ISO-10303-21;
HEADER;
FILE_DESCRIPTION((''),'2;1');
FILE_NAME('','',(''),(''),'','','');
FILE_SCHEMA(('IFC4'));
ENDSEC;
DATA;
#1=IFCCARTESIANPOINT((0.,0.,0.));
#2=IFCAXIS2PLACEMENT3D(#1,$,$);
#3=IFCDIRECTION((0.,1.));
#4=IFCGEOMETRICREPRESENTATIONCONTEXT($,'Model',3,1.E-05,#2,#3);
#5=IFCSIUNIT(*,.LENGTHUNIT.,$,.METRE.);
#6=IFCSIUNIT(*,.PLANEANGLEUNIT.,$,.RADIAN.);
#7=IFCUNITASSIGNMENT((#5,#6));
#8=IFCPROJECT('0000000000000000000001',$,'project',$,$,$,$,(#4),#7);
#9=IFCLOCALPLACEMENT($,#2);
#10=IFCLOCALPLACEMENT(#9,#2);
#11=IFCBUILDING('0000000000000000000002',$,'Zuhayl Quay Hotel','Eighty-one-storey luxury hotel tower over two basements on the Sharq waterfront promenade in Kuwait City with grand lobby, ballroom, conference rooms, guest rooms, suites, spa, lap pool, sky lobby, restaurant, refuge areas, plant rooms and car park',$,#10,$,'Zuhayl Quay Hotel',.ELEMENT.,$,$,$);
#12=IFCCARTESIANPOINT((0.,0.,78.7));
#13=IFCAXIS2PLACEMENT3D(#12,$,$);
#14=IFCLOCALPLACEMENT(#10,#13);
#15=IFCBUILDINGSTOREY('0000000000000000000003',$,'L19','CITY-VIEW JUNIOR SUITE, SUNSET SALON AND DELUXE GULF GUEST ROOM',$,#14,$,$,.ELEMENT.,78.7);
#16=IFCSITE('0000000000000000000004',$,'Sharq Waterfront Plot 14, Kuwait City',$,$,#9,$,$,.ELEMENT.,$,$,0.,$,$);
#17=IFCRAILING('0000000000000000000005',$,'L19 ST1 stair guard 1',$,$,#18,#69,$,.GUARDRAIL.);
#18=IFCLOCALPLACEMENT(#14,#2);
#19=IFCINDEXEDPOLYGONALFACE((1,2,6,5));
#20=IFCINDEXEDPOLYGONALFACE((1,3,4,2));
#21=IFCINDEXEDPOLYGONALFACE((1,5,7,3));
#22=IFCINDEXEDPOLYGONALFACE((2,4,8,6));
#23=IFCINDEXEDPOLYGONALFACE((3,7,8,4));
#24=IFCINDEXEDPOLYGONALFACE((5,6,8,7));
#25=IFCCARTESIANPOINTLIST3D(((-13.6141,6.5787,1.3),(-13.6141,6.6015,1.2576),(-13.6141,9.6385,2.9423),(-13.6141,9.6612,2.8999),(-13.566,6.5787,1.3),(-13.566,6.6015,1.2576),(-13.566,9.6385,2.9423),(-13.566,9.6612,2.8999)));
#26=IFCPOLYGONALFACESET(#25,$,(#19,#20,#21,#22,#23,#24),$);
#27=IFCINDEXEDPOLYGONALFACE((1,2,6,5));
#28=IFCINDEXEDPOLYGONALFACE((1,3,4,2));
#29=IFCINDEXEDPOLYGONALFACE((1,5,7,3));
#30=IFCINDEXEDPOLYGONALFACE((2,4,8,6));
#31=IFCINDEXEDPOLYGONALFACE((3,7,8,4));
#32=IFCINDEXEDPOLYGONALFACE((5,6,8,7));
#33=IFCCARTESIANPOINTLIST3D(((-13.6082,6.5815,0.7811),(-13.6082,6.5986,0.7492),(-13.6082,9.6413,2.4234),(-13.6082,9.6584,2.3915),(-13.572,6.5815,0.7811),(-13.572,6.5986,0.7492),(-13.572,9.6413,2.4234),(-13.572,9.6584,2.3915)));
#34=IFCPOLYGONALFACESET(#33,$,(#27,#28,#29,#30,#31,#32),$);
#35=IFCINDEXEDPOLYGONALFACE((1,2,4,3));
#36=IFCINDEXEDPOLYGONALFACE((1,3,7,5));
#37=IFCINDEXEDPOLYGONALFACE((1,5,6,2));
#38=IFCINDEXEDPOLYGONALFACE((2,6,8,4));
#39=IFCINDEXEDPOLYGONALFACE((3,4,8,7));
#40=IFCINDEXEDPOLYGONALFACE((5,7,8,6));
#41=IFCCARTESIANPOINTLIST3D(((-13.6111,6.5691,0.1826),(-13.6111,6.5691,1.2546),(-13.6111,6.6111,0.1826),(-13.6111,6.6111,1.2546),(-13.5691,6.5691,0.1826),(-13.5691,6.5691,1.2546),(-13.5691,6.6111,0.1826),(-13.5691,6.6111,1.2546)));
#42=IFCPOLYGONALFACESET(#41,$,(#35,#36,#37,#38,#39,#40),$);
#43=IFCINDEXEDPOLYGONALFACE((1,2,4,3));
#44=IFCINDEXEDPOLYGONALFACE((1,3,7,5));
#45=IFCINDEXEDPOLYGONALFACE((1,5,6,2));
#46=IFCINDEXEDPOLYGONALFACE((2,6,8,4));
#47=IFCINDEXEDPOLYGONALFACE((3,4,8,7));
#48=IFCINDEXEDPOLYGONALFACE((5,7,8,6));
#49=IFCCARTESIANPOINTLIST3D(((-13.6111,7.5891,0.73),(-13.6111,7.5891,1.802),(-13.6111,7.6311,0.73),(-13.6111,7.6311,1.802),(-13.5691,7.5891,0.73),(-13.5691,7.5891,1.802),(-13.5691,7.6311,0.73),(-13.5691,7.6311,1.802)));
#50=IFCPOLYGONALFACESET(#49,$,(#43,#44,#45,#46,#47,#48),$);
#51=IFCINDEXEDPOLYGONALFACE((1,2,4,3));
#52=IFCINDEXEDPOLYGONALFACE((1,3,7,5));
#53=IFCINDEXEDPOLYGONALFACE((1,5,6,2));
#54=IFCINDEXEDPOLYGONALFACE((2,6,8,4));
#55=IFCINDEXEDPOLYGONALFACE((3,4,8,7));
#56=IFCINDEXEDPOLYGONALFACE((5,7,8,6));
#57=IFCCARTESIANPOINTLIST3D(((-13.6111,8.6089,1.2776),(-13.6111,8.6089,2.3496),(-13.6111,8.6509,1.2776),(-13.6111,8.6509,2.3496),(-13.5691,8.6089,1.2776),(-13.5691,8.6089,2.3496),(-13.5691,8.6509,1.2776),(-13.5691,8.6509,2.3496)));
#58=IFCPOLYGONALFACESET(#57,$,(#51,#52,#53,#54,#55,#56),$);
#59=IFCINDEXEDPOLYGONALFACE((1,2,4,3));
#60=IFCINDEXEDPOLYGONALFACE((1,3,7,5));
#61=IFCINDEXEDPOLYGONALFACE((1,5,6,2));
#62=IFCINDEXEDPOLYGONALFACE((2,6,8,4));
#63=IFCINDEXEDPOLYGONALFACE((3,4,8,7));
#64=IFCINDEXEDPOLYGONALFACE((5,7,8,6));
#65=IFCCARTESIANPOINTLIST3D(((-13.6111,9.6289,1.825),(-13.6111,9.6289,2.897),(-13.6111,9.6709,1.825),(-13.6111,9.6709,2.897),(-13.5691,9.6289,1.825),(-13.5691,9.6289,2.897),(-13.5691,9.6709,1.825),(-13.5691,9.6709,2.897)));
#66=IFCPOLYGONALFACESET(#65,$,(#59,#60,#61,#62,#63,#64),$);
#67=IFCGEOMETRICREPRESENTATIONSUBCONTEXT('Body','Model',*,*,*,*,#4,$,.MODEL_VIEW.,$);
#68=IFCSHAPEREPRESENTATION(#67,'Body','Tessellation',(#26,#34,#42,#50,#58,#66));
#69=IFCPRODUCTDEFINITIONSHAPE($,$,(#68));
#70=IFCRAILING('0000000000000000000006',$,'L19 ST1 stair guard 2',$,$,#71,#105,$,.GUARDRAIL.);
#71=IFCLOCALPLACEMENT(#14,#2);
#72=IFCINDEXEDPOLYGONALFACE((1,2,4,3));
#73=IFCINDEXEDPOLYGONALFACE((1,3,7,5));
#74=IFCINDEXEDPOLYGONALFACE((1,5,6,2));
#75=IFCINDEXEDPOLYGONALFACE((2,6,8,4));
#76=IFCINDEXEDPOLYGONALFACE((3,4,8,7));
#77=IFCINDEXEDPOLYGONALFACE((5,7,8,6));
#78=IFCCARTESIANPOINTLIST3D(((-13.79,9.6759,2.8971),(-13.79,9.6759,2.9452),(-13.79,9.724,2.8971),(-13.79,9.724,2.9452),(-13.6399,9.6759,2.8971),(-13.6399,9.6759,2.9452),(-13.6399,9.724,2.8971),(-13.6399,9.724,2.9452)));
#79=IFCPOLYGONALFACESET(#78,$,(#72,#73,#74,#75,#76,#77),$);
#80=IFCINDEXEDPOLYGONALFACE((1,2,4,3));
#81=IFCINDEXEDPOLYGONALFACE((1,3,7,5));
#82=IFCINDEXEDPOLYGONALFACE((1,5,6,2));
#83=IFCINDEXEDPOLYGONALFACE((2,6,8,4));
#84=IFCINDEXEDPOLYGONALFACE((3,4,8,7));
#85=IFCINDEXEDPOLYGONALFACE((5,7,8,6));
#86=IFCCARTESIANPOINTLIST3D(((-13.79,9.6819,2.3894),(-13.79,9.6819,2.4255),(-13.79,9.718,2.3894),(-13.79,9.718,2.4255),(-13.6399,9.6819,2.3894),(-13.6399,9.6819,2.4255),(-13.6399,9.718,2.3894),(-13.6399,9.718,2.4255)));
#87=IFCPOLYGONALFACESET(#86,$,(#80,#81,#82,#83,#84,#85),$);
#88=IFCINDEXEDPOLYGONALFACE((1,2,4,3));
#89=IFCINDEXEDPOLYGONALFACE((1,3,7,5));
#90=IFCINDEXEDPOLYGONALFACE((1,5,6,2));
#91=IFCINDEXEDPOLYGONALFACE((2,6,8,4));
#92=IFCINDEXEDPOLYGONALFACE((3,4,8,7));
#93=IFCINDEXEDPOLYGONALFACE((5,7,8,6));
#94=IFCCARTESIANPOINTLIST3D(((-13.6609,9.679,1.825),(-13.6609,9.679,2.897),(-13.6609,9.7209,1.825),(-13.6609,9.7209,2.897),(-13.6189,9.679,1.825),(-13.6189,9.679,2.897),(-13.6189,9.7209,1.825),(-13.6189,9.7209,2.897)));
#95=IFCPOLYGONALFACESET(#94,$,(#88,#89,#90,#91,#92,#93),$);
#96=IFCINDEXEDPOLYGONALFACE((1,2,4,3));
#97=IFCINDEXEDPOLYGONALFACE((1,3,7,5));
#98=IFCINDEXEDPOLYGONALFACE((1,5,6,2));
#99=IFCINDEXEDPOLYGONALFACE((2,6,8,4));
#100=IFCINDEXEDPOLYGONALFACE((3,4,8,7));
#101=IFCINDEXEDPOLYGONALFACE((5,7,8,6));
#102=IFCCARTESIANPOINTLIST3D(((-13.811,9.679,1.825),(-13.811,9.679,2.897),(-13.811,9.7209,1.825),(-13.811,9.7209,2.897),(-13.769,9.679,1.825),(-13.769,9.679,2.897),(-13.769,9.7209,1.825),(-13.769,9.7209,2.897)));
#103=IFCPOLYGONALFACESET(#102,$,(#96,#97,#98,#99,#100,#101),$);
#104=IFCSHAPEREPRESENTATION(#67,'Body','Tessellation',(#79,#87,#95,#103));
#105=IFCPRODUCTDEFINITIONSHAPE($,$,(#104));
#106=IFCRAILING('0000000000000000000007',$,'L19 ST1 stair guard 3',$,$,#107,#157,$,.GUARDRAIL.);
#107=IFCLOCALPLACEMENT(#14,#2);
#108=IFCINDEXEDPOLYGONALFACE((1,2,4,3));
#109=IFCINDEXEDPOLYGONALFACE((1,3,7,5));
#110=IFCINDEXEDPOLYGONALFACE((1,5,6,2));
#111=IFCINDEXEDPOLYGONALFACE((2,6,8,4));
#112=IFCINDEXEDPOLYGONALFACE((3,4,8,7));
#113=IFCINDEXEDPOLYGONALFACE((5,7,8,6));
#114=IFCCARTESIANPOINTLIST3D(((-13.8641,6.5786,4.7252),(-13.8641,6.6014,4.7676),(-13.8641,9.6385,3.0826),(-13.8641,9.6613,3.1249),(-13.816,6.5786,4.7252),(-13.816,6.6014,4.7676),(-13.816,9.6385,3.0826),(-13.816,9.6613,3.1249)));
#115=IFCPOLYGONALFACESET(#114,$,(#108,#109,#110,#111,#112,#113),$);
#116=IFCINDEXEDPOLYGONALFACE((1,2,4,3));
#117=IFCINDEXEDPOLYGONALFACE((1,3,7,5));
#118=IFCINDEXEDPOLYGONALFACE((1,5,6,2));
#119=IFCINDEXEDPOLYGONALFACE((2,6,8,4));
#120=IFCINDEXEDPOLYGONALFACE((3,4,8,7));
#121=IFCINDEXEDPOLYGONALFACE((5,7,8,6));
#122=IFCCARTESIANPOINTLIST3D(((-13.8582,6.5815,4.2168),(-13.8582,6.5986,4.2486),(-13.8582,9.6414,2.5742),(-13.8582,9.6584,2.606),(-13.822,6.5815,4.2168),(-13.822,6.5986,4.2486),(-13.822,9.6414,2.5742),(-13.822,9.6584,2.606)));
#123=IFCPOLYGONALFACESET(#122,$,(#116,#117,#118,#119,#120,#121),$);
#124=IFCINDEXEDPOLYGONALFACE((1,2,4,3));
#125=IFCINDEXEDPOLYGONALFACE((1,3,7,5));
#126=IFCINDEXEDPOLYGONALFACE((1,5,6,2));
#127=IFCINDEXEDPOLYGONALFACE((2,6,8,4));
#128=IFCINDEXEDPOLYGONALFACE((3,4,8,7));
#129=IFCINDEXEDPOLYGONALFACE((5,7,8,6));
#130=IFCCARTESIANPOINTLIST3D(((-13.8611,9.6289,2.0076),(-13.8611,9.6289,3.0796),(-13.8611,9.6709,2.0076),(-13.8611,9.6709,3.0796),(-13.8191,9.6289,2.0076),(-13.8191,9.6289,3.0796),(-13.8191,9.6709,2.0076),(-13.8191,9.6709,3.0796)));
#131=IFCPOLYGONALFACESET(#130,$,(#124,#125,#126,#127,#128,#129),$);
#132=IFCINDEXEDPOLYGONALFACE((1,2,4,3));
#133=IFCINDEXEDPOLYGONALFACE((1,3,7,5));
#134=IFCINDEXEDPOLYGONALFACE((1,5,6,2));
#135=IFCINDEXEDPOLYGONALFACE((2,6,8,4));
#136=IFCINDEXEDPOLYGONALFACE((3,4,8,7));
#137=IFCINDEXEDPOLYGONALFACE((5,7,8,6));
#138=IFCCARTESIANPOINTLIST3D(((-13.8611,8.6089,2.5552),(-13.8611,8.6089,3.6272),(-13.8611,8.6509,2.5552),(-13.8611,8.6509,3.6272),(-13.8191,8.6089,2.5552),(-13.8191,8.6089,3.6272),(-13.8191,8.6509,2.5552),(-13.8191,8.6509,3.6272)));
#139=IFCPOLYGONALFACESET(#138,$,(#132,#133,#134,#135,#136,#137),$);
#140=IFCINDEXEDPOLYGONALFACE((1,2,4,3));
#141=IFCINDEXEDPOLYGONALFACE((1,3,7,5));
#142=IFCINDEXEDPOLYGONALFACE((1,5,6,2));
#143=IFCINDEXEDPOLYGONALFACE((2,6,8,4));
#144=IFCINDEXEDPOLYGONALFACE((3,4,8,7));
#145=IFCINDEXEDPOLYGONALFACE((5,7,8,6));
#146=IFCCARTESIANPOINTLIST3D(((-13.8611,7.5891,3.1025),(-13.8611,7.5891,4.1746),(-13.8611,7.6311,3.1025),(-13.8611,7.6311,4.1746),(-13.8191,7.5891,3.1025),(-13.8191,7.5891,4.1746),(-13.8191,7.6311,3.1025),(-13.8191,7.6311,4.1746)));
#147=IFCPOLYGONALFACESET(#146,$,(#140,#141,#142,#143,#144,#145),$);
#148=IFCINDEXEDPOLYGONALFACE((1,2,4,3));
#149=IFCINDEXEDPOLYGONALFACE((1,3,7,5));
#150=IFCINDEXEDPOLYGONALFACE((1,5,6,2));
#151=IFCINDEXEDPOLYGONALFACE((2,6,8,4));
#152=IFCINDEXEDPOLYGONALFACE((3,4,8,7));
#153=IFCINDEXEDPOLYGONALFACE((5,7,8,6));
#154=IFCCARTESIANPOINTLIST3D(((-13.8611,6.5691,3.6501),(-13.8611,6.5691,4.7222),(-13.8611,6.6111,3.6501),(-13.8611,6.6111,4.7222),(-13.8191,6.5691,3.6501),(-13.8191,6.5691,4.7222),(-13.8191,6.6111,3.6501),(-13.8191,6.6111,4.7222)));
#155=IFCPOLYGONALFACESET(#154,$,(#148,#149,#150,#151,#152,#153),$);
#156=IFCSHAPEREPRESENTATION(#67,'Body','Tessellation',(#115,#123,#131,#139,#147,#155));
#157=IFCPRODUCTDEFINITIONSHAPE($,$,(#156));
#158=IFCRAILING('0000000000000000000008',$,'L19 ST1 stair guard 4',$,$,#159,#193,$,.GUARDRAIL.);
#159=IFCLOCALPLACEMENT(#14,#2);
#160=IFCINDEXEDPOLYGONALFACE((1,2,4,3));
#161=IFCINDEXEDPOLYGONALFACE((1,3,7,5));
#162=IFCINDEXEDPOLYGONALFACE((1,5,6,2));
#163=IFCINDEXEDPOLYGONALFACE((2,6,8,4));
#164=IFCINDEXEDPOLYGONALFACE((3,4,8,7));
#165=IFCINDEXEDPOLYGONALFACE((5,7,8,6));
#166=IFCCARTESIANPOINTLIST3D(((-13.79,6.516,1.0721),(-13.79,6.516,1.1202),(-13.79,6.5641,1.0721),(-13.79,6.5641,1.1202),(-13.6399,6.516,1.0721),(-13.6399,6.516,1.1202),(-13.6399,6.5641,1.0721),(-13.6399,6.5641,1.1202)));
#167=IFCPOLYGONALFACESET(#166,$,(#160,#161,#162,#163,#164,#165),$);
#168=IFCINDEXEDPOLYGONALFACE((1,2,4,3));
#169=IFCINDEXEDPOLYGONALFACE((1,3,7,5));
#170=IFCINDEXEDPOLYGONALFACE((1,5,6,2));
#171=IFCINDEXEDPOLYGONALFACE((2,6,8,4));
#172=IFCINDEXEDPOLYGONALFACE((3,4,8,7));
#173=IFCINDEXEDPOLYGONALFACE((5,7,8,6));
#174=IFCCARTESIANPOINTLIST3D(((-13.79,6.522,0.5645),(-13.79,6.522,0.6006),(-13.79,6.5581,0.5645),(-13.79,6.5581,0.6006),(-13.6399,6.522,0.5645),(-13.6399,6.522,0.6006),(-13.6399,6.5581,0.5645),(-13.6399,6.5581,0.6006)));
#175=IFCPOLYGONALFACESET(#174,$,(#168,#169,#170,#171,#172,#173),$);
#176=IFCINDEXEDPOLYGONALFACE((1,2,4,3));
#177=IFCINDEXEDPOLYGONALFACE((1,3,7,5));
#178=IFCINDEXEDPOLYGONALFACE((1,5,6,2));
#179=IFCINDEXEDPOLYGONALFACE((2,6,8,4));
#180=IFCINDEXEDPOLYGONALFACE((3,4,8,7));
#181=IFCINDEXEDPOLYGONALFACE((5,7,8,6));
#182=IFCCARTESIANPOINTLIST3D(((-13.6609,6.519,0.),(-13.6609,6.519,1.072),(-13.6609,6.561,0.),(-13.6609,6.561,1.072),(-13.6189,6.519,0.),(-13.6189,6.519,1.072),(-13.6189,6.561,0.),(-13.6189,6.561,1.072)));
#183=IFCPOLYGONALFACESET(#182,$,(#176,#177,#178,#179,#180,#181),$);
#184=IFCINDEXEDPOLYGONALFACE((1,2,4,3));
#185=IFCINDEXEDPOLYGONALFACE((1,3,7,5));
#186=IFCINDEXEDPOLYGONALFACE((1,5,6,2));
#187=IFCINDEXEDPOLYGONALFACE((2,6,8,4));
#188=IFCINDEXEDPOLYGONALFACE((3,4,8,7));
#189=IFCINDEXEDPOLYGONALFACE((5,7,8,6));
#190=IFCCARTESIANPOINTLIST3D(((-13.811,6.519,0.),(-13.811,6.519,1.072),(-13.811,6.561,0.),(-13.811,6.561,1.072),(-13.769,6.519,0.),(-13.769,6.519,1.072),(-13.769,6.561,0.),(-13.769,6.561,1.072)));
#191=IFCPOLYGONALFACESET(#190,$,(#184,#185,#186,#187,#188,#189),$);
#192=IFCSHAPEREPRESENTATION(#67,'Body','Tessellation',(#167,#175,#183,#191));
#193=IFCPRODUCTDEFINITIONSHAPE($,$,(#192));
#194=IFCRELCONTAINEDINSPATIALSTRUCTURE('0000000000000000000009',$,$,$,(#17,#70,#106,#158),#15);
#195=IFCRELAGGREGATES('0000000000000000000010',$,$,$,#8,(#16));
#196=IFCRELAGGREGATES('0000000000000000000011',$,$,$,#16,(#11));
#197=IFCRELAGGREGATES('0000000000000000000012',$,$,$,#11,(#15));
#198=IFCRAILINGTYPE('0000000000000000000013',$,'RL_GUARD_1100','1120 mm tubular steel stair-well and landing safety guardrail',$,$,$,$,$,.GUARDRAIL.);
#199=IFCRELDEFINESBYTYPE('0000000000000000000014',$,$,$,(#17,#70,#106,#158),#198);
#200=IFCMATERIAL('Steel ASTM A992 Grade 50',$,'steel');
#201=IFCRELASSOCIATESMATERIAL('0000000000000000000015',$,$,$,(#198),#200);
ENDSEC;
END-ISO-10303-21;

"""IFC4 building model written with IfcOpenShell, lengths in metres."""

from ifc_helpers import new_model, si_unit, direction, frame, origin, origin_2d, place, context, subcontext, project, spatial, rectangle, extrude, material, type_object, element, save


model = new_model("IFC4")

# Units and contexts
model_context = context("Model", 3, precision=1e-05, world=origin(), true_north=direction((0.0, 1.0)))
body_context = subcontext(model_context, "Body", "Model", "MODEL_VIEW")
ifc_project = project(units=[si_unit("LENGTHUNIT", "METRE"), si_unit("PLANEANGLEUNIT", "RADIAN")], contexts=[model_context])

# Site, building, storey
site_placement = place(None, origin())
site = spatial("IfcSite", under=ifc_project, at=site_placement, Name="Sharq Waterfront Plot 14, Kuwait City", CompositionType="ELEMENT", RefElevation=0.0)
building_placement = place(site_placement, origin())
building = spatial("IfcBuilding", under=site, at=building_placement, Name="Zuhayl Quay Hotel", Description="Eighty-one-storey luxury hotel tower over two basements on the Sharq waterfront promenade in Kuwait City with grand lobby, ballroom, conference rooms, guest rooms, suites, spa, lap pool, sky lobby, restaurant, refuge areas, plant rooms and car park", LongName="Zuhayl Quay Hotel", CompositionType="ELEMENT")
storey_placement = place(building_placement, frame((0.0, 0.0, 78.7)))
storey = spatial("IfcBuildingStorey", under=building, at=storey_placement, Name="L19", Description="CITY-VIEW JUNIOR SUITE, SUNSET SALON AND DELUXE GULF GUEST ROOM", CompositionType="ELEMENT", Elevation=78.7)

# Shared definitions
ifc_material_1 = material(Name="Steel ASTM A992 Grade 50", Category="steel")

# Railings
railing_type_1 = type_object("IfcRailingType", Name="RL_GUARD_1100", Description="1120 mm tubular steel stair-well and landing safety guardrail", PredefinedType="GUARDRAIL", material=ifc_material_1)
railing_1_placement = place(storey_placement, frame((-13.5901, 6.5901, 0.1826)))
element("IfcRailing", 1, at=railing_1_placement, inside=storey, type_object=railing_type_1, Name="L19 ST1 stair guard 1", PredefinedType="GUARDRAIL", context=body_context, shape_type="SweptSolid", body=[
    extrude(rectangle(XDim=0.0481, YDim=0.0481, at=origin_2d()), frame((0.0, 0.0, 1.0962), z_axis=(0.0, 0.881102, 0.472926), x_axis=(-1.0, 0.0, 0.0)), (0.0, 0.0, 1.0), 3.4727),
    extrude(rectangle(XDim=0.0361, YDim=0.0361, at=origin_2d()), frame((0.0, 0.0, 0.5825), z_axis=(0.0, 0.881102, 0.472926), x_axis=(-1.0, 0.0, 0.0)), (0.0, 0.0, 1.0), 3.4727),
    extrude(rectangle(XDim=0.042, YDim=0.042, at=origin_2d()), origin(), (0.0, 0.0, 1.0), 1.072),
    extrude(rectangle(XDim=0.042, YDim=0.042, at=origin_2d()), frame((0.0, 1.02, 0.5474)), (0.0, 0.0, 1.0), 1.072),
    extrude(rectangle(XDim=0.042, YDim=0.042, at=origin_2d()), frame((0.0, 2.0398, 1.095)), (0.0, 0.0, 1.0), 1.072),
    extrude(rectangle(XDim=0.042, YDim=0.042, at=origin_2d()), frame((0.0, 3.0598, 1.6423)), (0.0, 0.0, 1.0), 1.072),
])
railing_2_placement = place(storey_placement, frame((-13.6399, 9.7, 1.825)))
element("IfcRailing", 2, at=railing_2_placement, inside=storey, type_object=railing_type_1, Name="L19 ST1 stair guard 2", PredefinedType="GUARDRAIL", context=body_context, shape_type="SweptSolid", body=[
    extrude(rectangle(XDim=0.0481, YDim=0.0481, at=origin_2d()), frame((0.0, 0.0, 1.0962), z_axis=(-1.0, 0.0, 0.0), x_axis=(0.0, -1.0, 0.0)), (0.0, 0.0, 1.0), 0.1501),
    extrude(rectangle(XDim=0.0361, YDim=0.0361, at=origin_2d()), frame((0.0, 0.0, 0.5825), z_axis=(-1.0, 0.0, 0.0), x_axis=(0.0, -1.0, 0.0)), (0.0, 0.0, 1.0), 0.1501),
    extrude(rectangle(XDim=0.042, YDim=0.042, at=origin_2d()), origin(), (0.0, 0.0, 1.0), 1.072),
    extrude(rectangle(XDim=0.042, YDim=0.042, at=origin_2d()), frame((-0.1501, 0.0, 0.0)), (0.0, 0.0, 1.0), 1.072),
])
railing_3_placement = place(storey_placement, frame((-13.8401, 9.6499, 2.0076)))
element("IfcRailing", 3, at=railing_3_placement, inside=storey, type_object=railing_type_1, Name="L19 ST1 stair guard 3", PredefinedType="GUARDRAIL", context=body_context, shape_type="SweptSolid", body=[
    extrude(rectangle(XDim=0.0481, YDim=0.0481, at=origin_2d()), frame((0.0, 0.0, 1.0962), z_axis=(0.0, -0.881073, 0.47298), x_axis=(1.0, 0.0, 0.0)), (0.0, 0.0, 1.0), 3.4729),
    extrude(rectangle(XDim=0.0361, YDim=0.0361, at=origin_2d()), frame((0.0, 0.0, 0.5825), z_axis=(0.0, -0.881073, 0.47298), x_axis=(1.0, 0.0, 0.0)), (0.0, 0.0, 1.0), 3.4729),
    extrude(rectangle(XDim=0.042, YDim=0.042, at=origin_2d()), origin(), (0.0, 0.0, 1.0), 1.072),
    extrude(rectangle(XDim=0.042, YDim=0.042, at=origin_2d()), frame((0.0, -1.02, 0.5476)), (0.0, 0.0, 1.0), 1.072),
    extrude(rectangle(XDim=0.042, YDim=0.042, at=origin_2d()), frame((0.0, -2.0398, 1.095)), (0.0, 0.0, 1.0), 1.072),
    extrude(rectangle(XDim=0.042, YDim=0.042, at=origin_2d()), frame((0.0, -3.0598, 1.6426)), (0.0, 0.0, 1.0), 1.072),
])
railing_4_placement = place(storey_placement, frame((-13.6399, 6.54, 0.0)))
element("IfcRailing", 4, at=railing_4_placement, inside=storey, type_object=railing_type_1, Name="L19 ST1 stair guard 4", PredefinedType="GUARDRAIL", context=body_context, shape_type="SweptSolid", body=[
    extrude(rectangle(XDim=0.0481, YDim=0.0481, at=origin_2d()), frame((0.0, 0.0, 1.0962), z_axis=(-1.0, 0.0, 0.0), x_axis=(0.0, -1.0, 0.0)), (0.0, 0.0, 1.0), 0.1501),
    extrude(rectangle(XDim=0.0361, YDim=0.0361, at=origin_2d()), frame((0.0, 0.0, 0.5825), z_axis=(-1.0, 0.0, 0.0), x_axis=(0.0, -1.0, 0.0)), (0.0, 0.0, 1.0), 0.1501),
    extrude(rectangle(XDim=0.042, YDim=0.042, at=origin_2d()), origin(), (0.0, 0.0, 1.0), 1.072),
    extrude(rectangle(XDim=0.042, YDim=0.042, at=origin_2d()), frame((-0.1501, 0.0, 0.0)), (0.0, 0.0, 1.0), 1.072),
])

save(model, "model.ifc")
